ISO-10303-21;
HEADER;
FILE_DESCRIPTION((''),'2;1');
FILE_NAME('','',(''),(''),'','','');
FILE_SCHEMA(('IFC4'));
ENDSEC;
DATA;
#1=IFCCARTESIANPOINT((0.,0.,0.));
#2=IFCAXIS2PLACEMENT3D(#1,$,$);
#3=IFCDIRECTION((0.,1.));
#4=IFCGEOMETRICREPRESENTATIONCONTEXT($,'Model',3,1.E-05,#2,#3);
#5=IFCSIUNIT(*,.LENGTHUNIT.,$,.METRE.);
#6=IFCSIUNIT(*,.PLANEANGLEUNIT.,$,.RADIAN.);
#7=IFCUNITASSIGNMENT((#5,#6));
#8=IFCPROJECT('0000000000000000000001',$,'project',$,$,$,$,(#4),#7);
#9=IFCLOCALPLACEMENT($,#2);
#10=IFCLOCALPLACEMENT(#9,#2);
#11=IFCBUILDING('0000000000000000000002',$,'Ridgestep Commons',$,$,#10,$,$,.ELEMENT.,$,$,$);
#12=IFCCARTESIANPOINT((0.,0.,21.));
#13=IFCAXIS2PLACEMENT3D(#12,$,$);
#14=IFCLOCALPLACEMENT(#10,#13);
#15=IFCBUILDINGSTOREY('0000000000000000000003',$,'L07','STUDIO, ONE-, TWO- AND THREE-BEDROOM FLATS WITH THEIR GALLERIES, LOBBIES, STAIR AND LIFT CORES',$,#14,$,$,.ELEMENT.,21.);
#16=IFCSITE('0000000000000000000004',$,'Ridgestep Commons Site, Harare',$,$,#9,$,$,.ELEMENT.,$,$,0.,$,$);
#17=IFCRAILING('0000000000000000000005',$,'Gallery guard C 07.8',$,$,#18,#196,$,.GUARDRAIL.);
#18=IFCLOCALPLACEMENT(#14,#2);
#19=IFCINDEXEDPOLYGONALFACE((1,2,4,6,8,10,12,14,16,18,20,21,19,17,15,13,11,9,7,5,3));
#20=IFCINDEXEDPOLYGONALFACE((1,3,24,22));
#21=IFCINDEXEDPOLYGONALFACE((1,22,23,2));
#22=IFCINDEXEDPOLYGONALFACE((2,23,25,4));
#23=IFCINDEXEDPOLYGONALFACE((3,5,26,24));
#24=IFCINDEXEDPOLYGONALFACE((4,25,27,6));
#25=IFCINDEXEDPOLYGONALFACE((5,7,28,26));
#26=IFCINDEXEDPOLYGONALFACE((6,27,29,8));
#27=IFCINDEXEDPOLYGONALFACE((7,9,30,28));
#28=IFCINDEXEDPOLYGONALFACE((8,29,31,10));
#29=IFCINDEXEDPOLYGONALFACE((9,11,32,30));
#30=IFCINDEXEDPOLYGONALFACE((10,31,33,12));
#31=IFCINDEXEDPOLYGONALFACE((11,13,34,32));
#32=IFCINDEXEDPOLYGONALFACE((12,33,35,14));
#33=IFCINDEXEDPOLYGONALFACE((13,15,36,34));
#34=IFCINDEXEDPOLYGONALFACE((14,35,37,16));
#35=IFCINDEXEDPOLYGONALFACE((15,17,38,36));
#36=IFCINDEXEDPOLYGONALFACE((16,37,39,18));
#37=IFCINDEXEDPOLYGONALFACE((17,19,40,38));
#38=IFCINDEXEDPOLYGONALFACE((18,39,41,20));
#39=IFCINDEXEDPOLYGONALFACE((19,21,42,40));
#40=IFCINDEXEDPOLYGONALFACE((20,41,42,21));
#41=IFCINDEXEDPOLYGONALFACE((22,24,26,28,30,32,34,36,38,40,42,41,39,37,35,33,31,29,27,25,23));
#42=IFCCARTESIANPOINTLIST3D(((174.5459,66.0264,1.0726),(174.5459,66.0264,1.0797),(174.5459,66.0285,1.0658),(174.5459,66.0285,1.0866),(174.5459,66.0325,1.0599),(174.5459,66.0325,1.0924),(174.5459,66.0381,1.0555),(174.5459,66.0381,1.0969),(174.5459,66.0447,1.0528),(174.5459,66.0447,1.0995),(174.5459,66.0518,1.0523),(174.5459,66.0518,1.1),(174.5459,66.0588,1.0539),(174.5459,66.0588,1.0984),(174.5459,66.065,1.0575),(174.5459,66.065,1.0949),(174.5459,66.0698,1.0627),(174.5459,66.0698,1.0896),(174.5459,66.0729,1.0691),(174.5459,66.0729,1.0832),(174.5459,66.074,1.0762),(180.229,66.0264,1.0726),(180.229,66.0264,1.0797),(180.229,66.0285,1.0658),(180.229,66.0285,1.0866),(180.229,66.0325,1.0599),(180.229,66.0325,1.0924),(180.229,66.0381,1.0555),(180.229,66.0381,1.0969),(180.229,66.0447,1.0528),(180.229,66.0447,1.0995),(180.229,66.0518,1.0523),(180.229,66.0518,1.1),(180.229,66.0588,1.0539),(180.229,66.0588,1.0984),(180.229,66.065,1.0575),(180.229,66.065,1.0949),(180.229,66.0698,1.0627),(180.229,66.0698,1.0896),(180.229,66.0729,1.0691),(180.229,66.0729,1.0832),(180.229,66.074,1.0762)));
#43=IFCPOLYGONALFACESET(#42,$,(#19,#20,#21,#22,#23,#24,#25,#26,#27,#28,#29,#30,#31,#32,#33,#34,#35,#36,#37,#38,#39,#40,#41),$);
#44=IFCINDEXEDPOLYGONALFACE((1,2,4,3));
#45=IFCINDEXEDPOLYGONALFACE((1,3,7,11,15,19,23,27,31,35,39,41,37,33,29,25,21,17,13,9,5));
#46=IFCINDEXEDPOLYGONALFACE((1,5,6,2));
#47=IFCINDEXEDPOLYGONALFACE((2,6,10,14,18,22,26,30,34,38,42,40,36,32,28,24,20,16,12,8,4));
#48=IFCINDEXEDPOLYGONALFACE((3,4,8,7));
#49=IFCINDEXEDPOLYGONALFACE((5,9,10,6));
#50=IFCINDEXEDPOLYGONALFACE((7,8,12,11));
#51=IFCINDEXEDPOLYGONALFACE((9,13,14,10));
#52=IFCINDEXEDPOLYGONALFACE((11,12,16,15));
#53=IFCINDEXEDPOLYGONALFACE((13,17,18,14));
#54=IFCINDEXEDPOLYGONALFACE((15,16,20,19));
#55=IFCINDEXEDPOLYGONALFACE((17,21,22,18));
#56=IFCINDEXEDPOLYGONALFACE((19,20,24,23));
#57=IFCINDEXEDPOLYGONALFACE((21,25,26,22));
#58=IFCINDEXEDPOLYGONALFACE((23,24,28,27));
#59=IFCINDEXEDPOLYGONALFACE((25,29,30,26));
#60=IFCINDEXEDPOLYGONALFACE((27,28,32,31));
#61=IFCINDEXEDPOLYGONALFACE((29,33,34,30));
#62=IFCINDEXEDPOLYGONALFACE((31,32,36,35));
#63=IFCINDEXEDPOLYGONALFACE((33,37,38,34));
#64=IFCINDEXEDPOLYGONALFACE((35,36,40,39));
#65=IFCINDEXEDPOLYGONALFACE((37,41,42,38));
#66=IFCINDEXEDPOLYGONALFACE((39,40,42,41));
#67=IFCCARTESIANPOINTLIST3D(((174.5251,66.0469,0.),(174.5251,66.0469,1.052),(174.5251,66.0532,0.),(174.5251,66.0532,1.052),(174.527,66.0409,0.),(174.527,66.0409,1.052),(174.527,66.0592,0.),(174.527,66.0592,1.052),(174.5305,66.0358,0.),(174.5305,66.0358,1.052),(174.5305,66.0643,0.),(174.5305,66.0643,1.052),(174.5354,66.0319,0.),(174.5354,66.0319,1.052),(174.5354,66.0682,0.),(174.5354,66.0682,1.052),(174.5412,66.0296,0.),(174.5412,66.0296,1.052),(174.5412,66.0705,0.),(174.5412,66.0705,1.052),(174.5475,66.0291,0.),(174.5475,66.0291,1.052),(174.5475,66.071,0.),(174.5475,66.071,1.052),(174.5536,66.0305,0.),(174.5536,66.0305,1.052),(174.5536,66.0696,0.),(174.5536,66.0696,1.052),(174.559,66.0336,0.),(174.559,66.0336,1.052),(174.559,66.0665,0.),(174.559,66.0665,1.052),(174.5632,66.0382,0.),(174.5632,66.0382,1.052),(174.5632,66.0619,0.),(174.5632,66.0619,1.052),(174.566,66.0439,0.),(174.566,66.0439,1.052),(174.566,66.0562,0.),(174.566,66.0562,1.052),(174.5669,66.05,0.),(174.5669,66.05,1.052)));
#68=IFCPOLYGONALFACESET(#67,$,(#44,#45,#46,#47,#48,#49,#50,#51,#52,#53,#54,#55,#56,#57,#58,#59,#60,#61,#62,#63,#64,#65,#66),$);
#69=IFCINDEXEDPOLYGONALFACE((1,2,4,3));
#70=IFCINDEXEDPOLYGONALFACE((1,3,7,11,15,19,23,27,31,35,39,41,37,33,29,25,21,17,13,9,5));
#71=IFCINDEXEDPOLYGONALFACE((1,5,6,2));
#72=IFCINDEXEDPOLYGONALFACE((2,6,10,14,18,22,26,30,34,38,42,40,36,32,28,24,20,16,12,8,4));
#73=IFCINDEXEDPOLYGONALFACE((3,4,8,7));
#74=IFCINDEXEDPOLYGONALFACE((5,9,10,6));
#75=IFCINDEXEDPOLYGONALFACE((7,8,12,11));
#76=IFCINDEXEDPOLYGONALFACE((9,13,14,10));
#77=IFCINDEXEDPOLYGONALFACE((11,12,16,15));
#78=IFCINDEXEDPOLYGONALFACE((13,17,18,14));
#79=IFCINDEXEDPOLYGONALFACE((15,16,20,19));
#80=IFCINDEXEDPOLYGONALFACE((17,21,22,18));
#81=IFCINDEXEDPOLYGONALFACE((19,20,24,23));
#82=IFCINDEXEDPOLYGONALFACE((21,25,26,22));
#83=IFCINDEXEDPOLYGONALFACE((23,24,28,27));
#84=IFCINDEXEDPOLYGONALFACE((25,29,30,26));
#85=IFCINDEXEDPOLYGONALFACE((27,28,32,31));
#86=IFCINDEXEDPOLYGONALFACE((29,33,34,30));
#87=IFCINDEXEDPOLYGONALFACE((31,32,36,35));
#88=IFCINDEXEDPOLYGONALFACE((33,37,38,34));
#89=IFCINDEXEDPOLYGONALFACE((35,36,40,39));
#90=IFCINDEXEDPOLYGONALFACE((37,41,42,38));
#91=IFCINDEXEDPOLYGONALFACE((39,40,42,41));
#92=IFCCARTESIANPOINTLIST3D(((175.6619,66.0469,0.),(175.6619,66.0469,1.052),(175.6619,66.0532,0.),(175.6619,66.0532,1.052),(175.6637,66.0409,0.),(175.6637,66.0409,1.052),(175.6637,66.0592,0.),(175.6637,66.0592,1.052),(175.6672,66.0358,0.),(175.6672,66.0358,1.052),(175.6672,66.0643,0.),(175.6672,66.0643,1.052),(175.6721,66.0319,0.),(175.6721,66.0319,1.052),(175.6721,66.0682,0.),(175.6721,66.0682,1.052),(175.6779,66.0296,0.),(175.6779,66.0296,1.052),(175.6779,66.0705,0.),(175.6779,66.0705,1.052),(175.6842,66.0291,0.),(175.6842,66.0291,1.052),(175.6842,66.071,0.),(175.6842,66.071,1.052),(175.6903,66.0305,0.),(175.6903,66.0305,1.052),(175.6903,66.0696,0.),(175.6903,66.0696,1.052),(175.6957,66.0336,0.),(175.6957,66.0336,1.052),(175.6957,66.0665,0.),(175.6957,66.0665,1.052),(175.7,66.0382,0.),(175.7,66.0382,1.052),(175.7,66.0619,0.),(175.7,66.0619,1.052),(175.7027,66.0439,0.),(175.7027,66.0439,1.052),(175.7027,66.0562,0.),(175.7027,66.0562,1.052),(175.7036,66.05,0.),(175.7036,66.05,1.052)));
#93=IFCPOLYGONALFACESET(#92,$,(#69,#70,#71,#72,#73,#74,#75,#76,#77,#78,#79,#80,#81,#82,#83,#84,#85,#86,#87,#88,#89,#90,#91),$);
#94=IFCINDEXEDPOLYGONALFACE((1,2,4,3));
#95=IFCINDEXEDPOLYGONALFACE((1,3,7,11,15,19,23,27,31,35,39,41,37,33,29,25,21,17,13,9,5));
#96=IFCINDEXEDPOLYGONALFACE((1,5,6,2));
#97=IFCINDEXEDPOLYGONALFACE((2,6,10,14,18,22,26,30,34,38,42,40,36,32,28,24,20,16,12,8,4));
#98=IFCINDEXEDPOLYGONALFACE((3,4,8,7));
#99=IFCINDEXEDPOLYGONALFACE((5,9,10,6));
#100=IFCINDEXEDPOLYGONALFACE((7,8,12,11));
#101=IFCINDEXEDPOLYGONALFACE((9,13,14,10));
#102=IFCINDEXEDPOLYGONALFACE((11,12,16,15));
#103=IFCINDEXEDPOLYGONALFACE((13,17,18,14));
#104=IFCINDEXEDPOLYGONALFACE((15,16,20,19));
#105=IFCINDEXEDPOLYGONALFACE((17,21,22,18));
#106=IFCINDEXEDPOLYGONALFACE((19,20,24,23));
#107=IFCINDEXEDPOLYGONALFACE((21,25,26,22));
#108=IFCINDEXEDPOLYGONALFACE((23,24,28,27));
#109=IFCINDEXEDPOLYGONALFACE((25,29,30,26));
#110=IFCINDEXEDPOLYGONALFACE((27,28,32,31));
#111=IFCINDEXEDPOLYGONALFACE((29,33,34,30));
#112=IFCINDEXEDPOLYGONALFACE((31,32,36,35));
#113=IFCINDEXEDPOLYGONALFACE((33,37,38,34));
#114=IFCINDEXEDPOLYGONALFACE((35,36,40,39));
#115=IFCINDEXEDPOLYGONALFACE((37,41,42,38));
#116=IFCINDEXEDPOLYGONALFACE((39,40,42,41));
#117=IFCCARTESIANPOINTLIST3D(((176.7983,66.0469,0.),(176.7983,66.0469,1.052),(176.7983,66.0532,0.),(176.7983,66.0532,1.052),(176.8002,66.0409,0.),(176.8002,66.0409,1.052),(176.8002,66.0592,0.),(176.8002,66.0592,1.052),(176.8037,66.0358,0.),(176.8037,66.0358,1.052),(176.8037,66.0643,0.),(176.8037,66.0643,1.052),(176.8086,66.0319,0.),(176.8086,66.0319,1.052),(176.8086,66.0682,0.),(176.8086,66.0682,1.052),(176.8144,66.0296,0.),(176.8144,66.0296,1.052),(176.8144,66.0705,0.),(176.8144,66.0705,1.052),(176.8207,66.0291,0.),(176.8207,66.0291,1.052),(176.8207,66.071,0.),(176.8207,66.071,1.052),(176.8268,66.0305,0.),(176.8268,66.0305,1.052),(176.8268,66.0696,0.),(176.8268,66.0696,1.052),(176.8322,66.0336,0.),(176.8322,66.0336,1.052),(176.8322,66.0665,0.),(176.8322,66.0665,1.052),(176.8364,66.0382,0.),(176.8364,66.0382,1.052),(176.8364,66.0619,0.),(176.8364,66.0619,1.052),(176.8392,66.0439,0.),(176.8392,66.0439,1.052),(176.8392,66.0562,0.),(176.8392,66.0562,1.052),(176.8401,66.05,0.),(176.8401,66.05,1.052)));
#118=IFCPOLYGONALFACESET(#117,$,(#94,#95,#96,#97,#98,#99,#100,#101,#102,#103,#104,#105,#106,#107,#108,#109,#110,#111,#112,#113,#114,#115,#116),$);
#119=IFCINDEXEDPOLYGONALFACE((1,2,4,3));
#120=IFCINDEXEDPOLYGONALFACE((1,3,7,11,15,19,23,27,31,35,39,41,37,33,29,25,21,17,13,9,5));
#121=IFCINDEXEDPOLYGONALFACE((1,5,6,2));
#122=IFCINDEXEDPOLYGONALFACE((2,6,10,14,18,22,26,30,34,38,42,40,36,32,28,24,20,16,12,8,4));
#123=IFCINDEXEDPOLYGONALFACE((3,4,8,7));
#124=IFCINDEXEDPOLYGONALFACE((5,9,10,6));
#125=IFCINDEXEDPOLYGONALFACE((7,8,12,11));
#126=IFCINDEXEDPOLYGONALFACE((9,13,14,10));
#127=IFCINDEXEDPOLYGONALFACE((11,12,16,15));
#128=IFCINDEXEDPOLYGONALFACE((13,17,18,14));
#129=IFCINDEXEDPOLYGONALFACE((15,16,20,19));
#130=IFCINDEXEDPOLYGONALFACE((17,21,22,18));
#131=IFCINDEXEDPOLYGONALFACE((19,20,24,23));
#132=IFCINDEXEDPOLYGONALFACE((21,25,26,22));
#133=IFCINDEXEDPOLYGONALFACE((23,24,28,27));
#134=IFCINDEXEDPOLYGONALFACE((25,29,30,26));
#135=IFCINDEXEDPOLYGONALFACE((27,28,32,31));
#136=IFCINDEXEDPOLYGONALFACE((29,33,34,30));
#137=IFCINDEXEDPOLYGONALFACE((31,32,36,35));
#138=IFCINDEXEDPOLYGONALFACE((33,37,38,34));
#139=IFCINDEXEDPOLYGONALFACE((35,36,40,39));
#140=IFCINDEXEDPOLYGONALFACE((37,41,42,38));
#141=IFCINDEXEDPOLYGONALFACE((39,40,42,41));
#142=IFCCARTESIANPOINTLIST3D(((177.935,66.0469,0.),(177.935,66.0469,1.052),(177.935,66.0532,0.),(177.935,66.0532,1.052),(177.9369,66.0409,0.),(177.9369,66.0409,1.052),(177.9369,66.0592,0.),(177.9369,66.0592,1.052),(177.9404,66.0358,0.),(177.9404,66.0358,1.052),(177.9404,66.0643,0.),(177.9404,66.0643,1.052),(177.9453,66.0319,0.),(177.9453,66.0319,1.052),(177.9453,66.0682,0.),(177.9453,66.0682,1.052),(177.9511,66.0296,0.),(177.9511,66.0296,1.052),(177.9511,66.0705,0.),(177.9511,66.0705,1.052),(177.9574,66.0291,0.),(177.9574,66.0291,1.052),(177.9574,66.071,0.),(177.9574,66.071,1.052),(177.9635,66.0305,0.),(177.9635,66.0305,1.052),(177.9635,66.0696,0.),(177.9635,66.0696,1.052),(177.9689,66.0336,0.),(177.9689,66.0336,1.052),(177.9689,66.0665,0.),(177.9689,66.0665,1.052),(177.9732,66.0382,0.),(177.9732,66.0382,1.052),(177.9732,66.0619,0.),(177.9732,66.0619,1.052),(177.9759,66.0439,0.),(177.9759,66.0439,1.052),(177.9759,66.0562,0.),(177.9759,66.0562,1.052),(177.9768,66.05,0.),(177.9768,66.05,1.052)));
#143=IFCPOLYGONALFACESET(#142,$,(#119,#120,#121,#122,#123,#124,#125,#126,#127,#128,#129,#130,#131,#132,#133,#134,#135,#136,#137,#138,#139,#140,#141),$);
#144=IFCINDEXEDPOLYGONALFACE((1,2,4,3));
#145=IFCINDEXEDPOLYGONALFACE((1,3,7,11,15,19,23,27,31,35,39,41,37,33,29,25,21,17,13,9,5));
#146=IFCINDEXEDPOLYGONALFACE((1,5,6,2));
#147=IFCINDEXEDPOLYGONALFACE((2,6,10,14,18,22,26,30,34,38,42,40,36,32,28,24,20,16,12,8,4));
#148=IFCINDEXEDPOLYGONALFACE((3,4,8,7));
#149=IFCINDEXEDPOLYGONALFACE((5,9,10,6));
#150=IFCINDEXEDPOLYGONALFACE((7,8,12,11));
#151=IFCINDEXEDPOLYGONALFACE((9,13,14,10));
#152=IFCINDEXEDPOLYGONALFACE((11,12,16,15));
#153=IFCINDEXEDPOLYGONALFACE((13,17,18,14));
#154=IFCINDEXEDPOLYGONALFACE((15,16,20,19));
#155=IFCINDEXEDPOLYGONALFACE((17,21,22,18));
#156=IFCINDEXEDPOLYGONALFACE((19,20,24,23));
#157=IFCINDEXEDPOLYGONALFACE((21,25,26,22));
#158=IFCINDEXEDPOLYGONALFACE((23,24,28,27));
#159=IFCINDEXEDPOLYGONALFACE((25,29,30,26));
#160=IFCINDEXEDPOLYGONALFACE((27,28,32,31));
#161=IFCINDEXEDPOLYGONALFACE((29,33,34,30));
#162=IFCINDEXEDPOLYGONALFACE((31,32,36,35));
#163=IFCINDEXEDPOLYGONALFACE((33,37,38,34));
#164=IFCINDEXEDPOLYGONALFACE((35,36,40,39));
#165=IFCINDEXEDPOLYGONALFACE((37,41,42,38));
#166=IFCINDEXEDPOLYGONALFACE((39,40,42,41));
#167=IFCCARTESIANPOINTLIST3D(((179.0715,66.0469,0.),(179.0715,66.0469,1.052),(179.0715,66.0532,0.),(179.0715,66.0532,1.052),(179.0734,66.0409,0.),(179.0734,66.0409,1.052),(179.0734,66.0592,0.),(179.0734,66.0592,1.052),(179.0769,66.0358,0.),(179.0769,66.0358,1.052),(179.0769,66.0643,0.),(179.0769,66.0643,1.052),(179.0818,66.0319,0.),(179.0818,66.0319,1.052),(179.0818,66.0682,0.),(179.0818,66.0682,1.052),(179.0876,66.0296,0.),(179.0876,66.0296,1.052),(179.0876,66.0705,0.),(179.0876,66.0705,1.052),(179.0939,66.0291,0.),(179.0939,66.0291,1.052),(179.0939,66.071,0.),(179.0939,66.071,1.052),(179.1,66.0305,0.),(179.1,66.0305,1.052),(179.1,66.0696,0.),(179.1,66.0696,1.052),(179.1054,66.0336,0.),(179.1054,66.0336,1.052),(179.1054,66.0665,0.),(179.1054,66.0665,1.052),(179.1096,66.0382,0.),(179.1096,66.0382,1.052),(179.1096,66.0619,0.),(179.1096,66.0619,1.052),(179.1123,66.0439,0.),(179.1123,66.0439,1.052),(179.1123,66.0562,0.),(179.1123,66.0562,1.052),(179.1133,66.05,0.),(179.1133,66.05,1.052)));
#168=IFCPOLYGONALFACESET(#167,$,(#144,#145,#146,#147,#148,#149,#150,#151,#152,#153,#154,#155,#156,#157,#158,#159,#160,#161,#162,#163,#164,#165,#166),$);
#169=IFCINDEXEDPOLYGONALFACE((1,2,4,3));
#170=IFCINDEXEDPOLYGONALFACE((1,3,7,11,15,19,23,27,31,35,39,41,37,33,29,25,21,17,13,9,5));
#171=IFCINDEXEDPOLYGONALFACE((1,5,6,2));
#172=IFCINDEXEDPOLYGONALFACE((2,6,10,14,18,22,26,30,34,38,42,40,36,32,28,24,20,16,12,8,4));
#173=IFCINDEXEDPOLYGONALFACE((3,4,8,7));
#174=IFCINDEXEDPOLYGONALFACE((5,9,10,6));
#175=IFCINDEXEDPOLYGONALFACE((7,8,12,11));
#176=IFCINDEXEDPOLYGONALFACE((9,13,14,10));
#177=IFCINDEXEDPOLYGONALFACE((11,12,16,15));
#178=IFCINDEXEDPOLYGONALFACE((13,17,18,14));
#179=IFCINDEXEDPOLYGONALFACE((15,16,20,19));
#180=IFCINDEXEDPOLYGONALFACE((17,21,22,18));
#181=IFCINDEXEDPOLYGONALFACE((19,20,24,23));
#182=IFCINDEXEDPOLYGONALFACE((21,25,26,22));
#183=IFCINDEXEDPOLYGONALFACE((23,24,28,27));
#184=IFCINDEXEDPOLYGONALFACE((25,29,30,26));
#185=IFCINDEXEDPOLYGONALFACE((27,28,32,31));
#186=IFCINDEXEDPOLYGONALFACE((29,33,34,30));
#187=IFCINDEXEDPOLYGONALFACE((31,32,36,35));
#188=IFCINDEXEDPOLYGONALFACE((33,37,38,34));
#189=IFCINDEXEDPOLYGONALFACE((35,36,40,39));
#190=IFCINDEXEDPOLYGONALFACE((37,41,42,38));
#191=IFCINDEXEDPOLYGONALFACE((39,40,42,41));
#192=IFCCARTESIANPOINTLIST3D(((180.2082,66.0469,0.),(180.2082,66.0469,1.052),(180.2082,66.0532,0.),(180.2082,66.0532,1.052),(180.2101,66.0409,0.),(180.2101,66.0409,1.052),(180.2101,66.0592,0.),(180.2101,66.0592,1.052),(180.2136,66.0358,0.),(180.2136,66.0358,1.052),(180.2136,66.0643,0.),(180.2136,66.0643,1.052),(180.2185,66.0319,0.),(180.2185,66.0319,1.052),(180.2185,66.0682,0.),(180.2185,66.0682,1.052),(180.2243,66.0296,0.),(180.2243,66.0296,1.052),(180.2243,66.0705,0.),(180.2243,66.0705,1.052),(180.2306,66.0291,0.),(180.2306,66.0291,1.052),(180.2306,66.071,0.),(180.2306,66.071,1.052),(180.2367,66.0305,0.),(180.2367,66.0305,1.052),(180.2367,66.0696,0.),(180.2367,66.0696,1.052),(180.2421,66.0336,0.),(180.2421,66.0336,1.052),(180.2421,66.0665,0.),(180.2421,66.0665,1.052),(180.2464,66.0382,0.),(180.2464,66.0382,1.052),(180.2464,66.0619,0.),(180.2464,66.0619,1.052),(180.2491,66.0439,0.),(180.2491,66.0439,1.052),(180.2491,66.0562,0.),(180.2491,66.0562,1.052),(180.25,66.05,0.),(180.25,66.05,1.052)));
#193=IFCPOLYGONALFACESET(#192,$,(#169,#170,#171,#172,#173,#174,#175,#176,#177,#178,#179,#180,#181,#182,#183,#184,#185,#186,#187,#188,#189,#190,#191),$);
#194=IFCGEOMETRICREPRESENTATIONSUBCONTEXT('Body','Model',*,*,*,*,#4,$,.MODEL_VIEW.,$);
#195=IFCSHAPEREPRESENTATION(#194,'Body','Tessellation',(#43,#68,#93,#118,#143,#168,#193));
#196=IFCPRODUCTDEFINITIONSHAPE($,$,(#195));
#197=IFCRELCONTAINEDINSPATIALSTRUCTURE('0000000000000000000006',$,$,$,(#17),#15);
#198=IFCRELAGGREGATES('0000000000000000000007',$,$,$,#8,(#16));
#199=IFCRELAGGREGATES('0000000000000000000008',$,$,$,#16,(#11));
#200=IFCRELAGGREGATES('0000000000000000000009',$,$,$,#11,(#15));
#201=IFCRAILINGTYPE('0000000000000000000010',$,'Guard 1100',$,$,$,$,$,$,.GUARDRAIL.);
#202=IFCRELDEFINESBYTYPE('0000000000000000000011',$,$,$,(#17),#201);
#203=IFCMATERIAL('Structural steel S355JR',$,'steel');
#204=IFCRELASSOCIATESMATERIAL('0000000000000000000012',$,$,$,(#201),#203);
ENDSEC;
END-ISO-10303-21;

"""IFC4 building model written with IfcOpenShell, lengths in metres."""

from ifc_helpers import new_model, si_unit, direction, frame, origin, origin_2d, place, context, subcontext, project, spatial, circle, extrude, material, type_object, element, save


model = new_model("IFC4")

# Units and contexts
model_context = context("Model", 3, precision=1e-05, world=origin(), true_north=direction((0.0, 1.0)))
body_context = subcontext(model_context, "Body", "Model", "MODEL_VIEW")
ifc_project = project(units=[si_unit("LENGTHUNIT", "METRE"), si_unit("PLANEANGLEUNIT", "RADIAN")], contexts=[model_context])

# Site, building, storey
site_placement = place(None, origin())
site = spatial("IfcSite", under=ifc_project, at=site_placement, Name="Ridgestep Commons Site, Harare", CompositionType="ELEMENT", RefElevation=0.0)
building_placement = place(site_placement, origin())
building = spatial("IfcBuilding", under=site, at=building_placement, Name="Ridgestep Commons", CompositionType="ELEMENT")
storey_placement = place(building_placement, frame((0.0, 0.0, 21.0)))
storey = spatial("IfcBuildingStorey", under=building, at=storey_placement, Name="L07", Description="STUDIO, ONE-, TWO- AND THREE-BEDROOM FLATS WITH THEIR GALLERIES, LOBBIES, STAIR AND LIFT CORES", CompositionType="ELEMENT", Elevation=21.0)

# Railing
ifc_material_1 = material(Name="Structural steel S355JR", Category="steel")
railing_type_1 = type_object("IfcRailingType", Name="Guard 1100", PredefinedType="GUARDRAIL", material=ifc_material_1)
railing_1_placement = place(storey_placement, frame((174.5459, 66.05, 0.0)))
element("IfcRailing", 1, at=railing_1_placement, inside=storey, type_object=railing_type_1, Name="Gallery guard C 07.8", PredefinedType="GUARDRAIL", context=body_context, shape_type="SweptSolid", body=[
    extrude(circle(Radius=0.0239, at=origin_2d()), frame((0.0, 0.0, 1.0762), z_axis=(1.0, 0.0, 0.0), x_axis=(0.0, 1.0, 0.0)), (0.0, 0.0, 1.0), 5.6831),
    extrude(circle(Radius=0.021, at=origin_2d()), origin(), (0.0, 0.0, 1.0), 1.052),
    extrude(circle(Radius=0.021, at=origin_2d()), frame((1.1367, 0.0, 0.0)), (0.0, 0.0, 1.0), 1.052),
    extrude(circle(Radius=0.021, at=origin_2d()), frame((2.2732, 0.0, 0.0)), (0.0, 0.0, 1.0), 1.052),
    extrude(circle(Radius=0.021, at=origin_2d()), frame((3.4099, 0.0, 0.0)), (0.0, 0.0, 1.0), 1.052),
    extrude(circle(Radius=0.021, at=origin_2d()), frame((4.5464, 0.0, 0.0)), (0.0, 0.0, 1.0), 1.052),
    extrude(circle(Radius=0.021, at=origin_2d()), frame((5.6831, 0.0, 0.0)), (0.0, 0.0, 1.0), 1.052),
])

save(model, "model.ifc")
